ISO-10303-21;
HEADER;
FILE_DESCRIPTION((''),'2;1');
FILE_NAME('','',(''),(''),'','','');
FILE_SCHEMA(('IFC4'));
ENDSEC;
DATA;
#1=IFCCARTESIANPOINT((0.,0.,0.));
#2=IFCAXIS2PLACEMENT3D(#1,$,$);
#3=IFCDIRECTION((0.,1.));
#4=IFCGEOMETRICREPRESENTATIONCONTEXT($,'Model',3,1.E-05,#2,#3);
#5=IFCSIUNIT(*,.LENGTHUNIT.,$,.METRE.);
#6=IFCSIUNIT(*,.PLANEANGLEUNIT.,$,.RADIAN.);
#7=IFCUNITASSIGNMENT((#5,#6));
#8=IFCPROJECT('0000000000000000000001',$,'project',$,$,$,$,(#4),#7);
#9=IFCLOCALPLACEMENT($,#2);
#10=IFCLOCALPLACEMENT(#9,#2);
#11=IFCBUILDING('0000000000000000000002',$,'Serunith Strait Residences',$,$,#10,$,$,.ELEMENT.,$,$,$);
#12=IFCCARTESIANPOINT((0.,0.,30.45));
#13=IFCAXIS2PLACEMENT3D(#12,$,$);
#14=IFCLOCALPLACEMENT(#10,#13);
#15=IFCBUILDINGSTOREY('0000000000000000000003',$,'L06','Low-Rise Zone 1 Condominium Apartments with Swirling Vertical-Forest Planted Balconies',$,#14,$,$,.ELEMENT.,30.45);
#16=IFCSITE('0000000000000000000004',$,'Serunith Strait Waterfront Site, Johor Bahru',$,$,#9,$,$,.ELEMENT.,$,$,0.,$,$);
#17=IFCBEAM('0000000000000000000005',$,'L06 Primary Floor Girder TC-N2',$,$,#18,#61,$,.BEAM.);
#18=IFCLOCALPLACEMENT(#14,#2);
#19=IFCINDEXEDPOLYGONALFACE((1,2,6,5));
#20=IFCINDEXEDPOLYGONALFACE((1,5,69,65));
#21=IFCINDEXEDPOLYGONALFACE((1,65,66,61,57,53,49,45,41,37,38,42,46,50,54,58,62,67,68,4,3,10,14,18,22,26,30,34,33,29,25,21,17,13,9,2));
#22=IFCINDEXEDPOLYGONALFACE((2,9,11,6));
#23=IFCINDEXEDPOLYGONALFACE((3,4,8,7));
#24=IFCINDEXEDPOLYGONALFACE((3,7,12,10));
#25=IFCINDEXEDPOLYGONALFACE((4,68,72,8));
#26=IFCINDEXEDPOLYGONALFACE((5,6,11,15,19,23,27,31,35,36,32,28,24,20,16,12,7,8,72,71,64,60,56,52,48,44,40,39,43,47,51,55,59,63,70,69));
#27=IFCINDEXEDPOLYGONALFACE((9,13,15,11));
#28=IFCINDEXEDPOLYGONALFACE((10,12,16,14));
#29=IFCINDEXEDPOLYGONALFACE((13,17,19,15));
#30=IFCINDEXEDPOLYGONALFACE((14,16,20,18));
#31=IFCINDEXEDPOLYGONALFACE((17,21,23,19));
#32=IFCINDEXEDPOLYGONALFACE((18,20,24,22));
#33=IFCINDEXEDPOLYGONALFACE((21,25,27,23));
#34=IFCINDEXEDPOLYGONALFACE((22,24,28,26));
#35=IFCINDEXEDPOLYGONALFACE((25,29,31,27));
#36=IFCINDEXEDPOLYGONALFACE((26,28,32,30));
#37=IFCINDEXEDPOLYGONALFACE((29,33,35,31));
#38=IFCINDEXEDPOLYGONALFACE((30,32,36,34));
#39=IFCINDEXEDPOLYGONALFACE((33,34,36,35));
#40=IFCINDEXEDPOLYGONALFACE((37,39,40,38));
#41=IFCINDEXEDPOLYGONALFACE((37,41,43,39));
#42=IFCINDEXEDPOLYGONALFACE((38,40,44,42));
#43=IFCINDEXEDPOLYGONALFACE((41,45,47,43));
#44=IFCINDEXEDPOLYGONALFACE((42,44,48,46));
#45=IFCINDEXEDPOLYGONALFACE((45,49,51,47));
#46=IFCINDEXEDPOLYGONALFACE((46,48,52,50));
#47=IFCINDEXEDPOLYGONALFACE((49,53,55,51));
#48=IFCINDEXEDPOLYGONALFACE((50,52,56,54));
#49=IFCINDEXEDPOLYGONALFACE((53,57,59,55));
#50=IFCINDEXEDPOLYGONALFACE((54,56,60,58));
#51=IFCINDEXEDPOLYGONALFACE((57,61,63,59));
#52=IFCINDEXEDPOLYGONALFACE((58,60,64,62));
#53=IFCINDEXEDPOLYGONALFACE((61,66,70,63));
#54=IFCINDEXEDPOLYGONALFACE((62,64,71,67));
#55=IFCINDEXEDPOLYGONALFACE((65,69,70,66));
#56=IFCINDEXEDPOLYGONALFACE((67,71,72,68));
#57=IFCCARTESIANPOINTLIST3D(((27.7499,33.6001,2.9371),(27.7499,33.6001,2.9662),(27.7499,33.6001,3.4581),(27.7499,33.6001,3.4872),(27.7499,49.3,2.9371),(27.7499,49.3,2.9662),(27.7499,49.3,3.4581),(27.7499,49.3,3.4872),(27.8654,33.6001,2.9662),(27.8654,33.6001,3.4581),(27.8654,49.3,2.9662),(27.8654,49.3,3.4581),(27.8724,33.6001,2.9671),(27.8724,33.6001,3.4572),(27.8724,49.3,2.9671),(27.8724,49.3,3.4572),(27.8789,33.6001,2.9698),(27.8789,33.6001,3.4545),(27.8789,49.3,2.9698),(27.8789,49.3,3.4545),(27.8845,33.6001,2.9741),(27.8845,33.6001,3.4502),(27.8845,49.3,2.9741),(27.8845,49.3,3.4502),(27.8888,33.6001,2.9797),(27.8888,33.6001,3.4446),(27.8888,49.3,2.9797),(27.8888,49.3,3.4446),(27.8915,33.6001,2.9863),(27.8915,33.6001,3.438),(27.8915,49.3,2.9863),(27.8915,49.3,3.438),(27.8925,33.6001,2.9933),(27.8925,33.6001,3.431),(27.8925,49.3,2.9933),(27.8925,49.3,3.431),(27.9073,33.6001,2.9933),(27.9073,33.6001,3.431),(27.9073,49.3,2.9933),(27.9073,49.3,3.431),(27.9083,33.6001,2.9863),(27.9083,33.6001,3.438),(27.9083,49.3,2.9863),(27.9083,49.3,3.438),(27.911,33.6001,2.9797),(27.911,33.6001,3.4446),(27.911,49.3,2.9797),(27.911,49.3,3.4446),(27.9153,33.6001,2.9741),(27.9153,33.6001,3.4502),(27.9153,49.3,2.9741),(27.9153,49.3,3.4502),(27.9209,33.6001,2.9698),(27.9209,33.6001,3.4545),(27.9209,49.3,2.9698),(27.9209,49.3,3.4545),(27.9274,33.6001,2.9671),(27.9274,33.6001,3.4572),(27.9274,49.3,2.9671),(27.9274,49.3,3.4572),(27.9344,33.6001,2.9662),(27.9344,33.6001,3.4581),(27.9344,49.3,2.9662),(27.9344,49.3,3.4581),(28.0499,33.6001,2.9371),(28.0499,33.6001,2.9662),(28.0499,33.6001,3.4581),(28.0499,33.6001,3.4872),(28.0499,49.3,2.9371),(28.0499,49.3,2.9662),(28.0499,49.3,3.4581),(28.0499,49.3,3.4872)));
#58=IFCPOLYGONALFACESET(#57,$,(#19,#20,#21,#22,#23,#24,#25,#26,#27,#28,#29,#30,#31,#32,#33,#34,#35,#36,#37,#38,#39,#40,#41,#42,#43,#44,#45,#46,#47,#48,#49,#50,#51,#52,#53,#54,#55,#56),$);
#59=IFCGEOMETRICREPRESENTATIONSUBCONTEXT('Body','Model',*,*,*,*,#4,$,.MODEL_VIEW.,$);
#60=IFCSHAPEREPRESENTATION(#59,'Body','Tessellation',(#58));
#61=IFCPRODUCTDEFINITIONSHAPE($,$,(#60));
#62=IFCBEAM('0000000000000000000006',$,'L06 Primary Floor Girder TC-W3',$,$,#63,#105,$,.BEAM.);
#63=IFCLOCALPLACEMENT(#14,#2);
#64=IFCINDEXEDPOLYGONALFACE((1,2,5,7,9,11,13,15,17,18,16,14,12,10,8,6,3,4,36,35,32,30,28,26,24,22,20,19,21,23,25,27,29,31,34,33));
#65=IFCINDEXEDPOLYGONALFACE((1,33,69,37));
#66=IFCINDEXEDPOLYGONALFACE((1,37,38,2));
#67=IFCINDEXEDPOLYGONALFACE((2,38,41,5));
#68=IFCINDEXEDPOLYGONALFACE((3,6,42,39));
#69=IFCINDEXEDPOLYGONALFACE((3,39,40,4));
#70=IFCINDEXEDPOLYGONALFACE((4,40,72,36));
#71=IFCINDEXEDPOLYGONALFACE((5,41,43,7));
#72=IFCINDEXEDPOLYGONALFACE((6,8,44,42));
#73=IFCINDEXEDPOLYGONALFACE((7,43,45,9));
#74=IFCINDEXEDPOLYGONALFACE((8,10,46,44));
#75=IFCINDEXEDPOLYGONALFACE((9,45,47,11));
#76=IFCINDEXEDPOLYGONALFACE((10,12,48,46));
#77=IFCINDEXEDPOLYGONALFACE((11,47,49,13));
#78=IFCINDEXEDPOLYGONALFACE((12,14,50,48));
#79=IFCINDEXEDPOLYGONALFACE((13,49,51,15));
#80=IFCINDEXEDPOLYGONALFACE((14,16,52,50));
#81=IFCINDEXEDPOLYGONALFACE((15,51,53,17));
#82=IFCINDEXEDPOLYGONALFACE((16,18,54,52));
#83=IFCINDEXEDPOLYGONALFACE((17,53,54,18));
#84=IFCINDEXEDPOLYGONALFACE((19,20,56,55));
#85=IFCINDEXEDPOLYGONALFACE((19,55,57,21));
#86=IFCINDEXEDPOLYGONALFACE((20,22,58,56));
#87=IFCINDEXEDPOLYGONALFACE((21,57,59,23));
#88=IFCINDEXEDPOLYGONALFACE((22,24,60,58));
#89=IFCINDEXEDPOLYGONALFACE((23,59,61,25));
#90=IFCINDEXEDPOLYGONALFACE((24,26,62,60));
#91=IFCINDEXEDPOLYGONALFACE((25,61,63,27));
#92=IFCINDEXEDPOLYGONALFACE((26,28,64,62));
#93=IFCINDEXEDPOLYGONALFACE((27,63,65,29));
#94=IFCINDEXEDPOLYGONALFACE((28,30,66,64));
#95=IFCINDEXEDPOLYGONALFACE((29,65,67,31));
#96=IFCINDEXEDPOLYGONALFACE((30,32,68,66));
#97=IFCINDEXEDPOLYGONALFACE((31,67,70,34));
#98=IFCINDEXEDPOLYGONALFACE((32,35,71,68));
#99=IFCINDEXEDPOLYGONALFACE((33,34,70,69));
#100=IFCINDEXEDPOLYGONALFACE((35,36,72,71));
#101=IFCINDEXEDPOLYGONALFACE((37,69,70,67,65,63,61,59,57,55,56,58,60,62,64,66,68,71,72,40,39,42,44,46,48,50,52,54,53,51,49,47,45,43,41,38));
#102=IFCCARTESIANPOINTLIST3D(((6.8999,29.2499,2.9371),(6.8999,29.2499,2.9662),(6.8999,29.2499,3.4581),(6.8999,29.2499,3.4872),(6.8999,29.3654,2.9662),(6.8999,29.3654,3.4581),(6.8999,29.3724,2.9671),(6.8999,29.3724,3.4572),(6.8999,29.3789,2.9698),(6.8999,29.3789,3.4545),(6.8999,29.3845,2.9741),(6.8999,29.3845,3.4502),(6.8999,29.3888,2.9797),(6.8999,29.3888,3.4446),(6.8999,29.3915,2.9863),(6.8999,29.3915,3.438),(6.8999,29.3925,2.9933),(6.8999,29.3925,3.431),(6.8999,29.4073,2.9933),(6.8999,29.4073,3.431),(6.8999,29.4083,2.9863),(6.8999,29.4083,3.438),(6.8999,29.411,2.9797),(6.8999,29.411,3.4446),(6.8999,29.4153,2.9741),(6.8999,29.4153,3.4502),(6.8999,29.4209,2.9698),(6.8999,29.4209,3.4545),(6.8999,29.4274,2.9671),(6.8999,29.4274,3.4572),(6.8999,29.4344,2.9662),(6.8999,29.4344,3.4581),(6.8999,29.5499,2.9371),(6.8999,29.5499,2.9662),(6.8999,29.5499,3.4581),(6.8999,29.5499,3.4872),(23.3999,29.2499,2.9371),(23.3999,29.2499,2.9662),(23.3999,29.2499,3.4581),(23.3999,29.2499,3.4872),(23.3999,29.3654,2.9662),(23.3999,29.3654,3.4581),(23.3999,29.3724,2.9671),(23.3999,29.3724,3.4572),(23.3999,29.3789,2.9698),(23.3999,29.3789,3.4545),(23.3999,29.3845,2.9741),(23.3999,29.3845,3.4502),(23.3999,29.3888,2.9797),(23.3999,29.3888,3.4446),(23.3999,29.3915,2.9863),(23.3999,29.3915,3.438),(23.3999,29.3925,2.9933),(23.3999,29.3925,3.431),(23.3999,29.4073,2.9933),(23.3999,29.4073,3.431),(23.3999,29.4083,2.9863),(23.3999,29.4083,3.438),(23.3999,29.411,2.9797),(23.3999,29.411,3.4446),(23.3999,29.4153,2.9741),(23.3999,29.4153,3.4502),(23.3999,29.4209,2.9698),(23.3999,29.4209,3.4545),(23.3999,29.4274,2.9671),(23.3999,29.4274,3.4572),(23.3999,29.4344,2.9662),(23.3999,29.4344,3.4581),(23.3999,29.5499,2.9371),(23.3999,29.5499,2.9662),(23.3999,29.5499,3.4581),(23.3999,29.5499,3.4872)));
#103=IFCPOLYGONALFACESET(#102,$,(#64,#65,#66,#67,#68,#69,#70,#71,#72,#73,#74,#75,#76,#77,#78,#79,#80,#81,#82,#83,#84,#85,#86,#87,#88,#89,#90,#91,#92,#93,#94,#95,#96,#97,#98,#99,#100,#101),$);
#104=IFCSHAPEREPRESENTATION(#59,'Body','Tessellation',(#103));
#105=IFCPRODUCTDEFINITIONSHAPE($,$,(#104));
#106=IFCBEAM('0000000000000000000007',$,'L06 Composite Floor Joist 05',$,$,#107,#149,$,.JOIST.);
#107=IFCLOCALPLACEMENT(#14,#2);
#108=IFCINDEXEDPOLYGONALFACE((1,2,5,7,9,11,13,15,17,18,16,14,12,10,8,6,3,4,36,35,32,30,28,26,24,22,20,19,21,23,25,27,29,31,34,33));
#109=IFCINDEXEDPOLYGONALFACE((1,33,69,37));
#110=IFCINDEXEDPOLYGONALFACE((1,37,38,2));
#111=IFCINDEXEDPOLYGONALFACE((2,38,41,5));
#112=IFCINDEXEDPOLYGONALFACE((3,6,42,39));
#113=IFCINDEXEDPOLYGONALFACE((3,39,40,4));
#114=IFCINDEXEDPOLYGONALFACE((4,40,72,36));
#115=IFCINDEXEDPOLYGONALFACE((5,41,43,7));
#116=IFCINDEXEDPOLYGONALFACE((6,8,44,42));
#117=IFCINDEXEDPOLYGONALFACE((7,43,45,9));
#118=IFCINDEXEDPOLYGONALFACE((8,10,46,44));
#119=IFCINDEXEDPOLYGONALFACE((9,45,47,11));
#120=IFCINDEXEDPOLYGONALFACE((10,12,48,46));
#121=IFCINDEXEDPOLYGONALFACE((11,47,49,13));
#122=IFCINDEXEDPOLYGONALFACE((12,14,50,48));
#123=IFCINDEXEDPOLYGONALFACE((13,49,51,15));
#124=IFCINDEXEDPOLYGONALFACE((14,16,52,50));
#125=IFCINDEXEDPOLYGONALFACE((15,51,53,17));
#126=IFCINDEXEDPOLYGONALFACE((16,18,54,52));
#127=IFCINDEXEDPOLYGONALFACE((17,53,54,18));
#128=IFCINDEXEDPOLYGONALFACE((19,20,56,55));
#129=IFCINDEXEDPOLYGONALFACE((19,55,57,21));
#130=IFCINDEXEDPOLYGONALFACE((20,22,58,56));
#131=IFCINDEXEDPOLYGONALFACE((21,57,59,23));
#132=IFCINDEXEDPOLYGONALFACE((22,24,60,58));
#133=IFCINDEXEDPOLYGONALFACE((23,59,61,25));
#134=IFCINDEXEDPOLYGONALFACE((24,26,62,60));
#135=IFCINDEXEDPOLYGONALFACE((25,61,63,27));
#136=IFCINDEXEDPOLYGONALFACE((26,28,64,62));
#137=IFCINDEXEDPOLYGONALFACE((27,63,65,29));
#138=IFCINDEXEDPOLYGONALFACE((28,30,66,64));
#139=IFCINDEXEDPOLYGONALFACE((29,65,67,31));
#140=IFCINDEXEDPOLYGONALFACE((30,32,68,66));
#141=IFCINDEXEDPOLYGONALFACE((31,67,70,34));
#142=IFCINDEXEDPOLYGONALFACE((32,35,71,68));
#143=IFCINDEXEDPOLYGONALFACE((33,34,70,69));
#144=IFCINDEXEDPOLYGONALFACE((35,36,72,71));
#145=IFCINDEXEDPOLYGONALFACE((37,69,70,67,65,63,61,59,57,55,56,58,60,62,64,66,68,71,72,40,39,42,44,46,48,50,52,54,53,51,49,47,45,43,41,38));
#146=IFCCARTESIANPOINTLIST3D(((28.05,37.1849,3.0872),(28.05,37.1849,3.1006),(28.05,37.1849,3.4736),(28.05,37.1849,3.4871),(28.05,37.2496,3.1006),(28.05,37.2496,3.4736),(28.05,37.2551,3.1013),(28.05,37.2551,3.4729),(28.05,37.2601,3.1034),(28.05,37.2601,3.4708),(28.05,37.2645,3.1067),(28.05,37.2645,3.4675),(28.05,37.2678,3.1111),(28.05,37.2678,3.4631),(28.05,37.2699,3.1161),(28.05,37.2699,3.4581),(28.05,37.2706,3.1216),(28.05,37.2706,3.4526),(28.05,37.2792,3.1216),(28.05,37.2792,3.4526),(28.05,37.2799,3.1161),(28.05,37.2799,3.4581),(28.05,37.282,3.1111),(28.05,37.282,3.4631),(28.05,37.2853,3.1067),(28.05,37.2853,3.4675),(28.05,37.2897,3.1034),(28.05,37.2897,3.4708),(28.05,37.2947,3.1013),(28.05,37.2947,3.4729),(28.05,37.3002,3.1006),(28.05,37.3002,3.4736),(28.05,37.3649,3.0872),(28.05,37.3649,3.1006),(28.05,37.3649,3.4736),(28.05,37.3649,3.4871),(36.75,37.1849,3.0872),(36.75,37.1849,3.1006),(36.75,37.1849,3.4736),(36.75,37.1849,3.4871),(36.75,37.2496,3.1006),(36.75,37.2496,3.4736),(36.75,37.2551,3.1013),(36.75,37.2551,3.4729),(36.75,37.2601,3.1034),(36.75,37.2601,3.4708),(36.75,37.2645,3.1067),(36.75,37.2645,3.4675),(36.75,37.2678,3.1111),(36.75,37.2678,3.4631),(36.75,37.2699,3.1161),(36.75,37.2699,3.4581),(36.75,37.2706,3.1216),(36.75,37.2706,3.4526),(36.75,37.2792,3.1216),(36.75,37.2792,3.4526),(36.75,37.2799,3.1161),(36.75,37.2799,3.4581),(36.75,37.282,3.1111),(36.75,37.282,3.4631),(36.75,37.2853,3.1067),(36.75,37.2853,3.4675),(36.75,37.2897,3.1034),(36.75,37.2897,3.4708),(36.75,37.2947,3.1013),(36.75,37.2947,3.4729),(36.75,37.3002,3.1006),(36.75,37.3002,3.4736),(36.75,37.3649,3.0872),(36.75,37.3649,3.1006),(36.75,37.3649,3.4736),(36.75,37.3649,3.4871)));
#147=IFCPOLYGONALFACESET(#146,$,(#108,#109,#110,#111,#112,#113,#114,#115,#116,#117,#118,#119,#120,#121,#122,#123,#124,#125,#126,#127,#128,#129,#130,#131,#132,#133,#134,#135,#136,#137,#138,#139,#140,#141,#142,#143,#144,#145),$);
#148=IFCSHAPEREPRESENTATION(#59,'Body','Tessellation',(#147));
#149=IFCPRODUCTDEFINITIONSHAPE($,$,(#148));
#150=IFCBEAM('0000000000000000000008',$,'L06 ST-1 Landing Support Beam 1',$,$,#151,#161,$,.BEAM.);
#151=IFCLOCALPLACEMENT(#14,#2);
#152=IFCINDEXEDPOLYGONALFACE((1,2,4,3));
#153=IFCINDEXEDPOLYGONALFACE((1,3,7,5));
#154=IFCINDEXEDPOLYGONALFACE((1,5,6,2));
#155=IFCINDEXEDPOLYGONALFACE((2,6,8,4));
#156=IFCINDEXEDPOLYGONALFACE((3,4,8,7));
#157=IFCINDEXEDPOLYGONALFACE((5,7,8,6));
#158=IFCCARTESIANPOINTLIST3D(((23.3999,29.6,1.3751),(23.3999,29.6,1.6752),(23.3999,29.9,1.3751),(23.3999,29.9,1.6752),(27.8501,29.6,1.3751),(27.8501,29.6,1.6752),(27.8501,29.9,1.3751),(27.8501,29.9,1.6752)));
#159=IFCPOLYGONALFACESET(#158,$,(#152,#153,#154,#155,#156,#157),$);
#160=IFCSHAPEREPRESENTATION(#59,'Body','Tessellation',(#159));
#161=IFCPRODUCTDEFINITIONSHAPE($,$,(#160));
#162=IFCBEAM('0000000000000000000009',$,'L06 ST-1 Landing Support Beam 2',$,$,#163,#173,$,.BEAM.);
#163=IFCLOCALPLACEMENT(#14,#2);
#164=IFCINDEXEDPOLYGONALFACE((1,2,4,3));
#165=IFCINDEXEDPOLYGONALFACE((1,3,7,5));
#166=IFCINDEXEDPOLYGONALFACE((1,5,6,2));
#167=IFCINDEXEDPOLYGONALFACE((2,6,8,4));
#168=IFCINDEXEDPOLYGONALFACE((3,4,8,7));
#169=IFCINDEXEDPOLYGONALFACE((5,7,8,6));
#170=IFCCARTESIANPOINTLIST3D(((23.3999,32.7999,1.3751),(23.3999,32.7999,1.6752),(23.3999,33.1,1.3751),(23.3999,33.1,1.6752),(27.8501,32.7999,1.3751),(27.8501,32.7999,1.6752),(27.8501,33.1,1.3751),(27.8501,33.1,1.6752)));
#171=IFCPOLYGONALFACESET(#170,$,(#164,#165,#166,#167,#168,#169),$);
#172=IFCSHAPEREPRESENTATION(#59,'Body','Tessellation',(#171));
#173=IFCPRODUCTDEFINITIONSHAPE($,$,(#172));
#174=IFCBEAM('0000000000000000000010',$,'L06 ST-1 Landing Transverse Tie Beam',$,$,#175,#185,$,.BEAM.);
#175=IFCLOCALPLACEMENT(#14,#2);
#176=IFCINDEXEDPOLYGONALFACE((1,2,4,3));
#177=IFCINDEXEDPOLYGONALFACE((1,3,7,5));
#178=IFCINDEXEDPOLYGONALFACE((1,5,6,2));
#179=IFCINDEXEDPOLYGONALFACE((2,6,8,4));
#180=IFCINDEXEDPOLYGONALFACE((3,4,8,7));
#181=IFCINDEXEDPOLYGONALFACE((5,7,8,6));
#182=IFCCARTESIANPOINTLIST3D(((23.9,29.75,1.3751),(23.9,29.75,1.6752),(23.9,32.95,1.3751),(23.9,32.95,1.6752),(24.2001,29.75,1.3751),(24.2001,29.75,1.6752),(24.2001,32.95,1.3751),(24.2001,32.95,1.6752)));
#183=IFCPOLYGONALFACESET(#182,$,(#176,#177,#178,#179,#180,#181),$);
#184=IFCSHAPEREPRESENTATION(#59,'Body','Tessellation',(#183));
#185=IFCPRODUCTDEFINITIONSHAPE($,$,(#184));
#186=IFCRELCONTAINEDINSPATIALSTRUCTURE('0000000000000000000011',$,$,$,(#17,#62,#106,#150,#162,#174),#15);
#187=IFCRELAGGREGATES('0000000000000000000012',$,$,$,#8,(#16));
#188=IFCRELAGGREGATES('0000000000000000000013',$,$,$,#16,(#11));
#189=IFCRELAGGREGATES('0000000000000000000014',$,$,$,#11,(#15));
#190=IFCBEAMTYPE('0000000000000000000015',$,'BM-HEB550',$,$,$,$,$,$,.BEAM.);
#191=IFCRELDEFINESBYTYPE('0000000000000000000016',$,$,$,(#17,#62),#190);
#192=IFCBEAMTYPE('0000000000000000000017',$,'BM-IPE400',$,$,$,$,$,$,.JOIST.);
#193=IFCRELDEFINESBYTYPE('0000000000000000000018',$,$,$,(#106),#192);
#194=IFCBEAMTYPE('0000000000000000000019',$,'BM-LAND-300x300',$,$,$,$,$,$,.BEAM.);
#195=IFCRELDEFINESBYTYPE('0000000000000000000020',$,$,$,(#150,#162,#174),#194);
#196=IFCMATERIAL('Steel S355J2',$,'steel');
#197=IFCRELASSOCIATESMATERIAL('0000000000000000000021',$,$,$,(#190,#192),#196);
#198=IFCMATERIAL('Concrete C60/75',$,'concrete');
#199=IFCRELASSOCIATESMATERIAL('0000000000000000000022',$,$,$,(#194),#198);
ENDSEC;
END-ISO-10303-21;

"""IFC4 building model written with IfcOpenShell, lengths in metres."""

from ifc_helpers import new_model, si_unit, direction, frame, origin, origin_2d, place, context, subcontext, project, spatial, rectangle, i_section, extrude, source, transform, mapped, material, material_profile, profile_set, type_object, element, save


model = new_model("IFC4")

# Units and contexts
model_context = context("Model", 3, precision=1e-05, world=origin(), true_north=direction((0.0, 1.0)))
body_context = subcontext(model_context, "Body", "Model", "MODEL_VIEW")
ifc_project = project(units=[si_unit("LENGTHUNIT", "METRE"), si_unit("PLANEANGLEUNIT", "RADIAN")], contexts=[model_context])

# Site, building, storey
site_placement = place(None, origin())
site = spatial("IfcSite", under=ifc_project, at=site_placement, Name="Serunith Strait Waterfront Site, Johor Bahru", CompositionType="ELEMENT", RefElevation=0.0)
building_placement = place(site_placement, origin())
building = spatial("IfcBuilding", under=site, at=building_placement, Name="Serunith Strait Residences", CompositionType="ELEMENT")
storey_placement = place(building_placement, frame((0.0, 0.0, 30.45)))
storey = spatial("IfcBuildingStorey", under=building, at=storey_placement, Name="L06", Description="Low-Rise Zone 1 Condominium Apartments with Swirling Vertical-Forest Planted Balconies", CompositionType="ELEMENT", Elevation=30.45)

# Beams
ifc_material_1 = material(Name="Steel S355J2", Category="steel")
ifc_material_profile_1 = material_profile(ifc_material_1, i_section(OverallWidth=0.3, OverallDepth=0.55, WebThickness=0.0149, FlangeThickness=0.0291, FilletRadius=0.0271, at=origin_2d()), Name="HEB 550")
ifc_profile_set_1 = profile_set([ifc_material_profile_1], Name="Steel S355J2")
beam_type_1 = type_object("IfcBeamType", Name="BM-HEB550", PredefinedType="BEAM", material=ifc_profile_set_1)
shared_shape_1 = source(origin(), body_context, "Body", "SweptSolid", [
    extrude(i_section(OverallWidth=0.3, OverallDepth=0.55, WebThickness=0.0149, FlangeThickness=0.0291, FilletRadius=0.0271, at=origin_2d()), origin(), (0.0, 0.0, 1.0), 15.7),
])
beam_1_placement = place(storey_placement, frame((27.8999, 33.6001, 3.2122), z_axis=(0.0, 1.0, 0.0), x_axis=(-1.0, 0.0, 0.0)))
element("IfcBeam", 1, at=beam_1_placement, inside=storey, type_object=beam_type_1, Name="L06 Primary Floor Girder TC-N2", PredefinedType="BEAM", context=body_context, shape_type="MappedRepresentation", body=[
    mapped(shared_shape_1, transform((0.0, 0.0, 0.0), scale=1.0)),
])
shared_shape_2 = source(origin(), body_context, "Body", "SweptSolid", [
    extrude(i_section(OverallWidth=0.3, OverallDepth=0.55, WebThickness=0.0149, FlangeThickness=0.0291, FilletRadius=0.0271, at=origin_2d()), origin(), (0.0, 0.0, 1.0), 16.5),
])
beam_2_placement = place(storey_placement, frame((23.3999, 29.3999, 3.2122), z_axis=(-1.0, 0.0, 0.0), x_axis=(0.0, -1.0, 0.0)))
element("IfcBeam", 2, at=beam_2_placement, inside=storey, type_object=beam_type_1, Name="L06 Primary Floor Girder TC-W3", PredefinedType="BEAM", context=body_context, shape_type="MappedRepresentation", body=[
    mapped(shared_shape_2, transform((0.0, 0.0, 0.0), scale=1.0)),
])
ifc_material_profile_2 = material_profile(ifc_material_1, i_section(OverallWidth=0.1799, OverallDepth=0.3999, WebThickness=0.0085, FlangeThickness=0.0134, FilletRadius=0.021, at=origin_2d()), Name="IPE 400")
ifc_profile_set_2 = profile_set([ifc_material_profile_2], Name="Steel S355J2")
beam_type_2 = type_object("IfcBeamType", Name="BM-IPE400", PredefinedType="JOIST", material=ifc_profile_set_2)
shared_shape_3 = source(origin(), body_context, "Body", "SweptSolid", [
    extrude(i_section(OverallWidth=0.1799, OverallDepth=0.3999, WebThickness=0.0085, FlangeThickness=0.0134, FilletRadius=0.021, at=origin_2d()), origin(), (0.0, 0.0, 1.0), 8.7),
])
beam_3_placement = place(storey_placement, frame((28.05, 37.2749, 3.2871), z_axis=(1.0, 0.0, 0.0), x_axis=(0.0, 1.0, 0.0)))
element("IfcBeam", 3, at=beam_3_placement, inside=storey, type_object=beam_type_2, Name="L06 Composite Floor Joist 05", PredefinedType="JOIST", context=body_context, shape_type="MappedRepresentation", body=[
    mapped(shared_shape_3, transform((0.0, 0.0, 0.0), scale=1.0)),
])
ifc_material_2 = material(Name="Concrete C60/75", Category="concrete")
ifc_material_profile_3 = material_profile(ifc_material_2, rectangle(XDim=0.3, YDim=0.3, at=origin_2d()), Name="RC 300x300")
ifc_profile_set_3 = profile_set([ifc_material_profile_3], Name="Concrete C60/75")
beam_type_3 = type_object("IfcBeamType", Name="BM-LAND-300x300", PredefinedType="BEAM", material=ifc_profile_set_3)
shared_shape_4 = source(origin(), body_context, "Body", "SweptSolid", [
    extrude(rectangle(XDim=0.3, YDim=0.3, at=origin_2d()), origin(), (0.0, 0.0, 1.0), 4.4502),
])
for number, where, z_axis, x_axis, name in (
    (4, (23.3999, 29.75, 1.5251), (1.0, 0.0, 0.0), (0.0, 1.0, 0.0), "L06 ST-1 Landing Support Beam 1"),
    (5, (23.3999, 32.95, 1.5251), (1.0, 0.0, 0.0), (0.0, 1.0, 0.0), "L06 ST-1 Landing Support Beam 2"),
):
    element("IfcBeam", number, at=place(storey_placement, frame(where, z_axis=z_axis, x_axis=x_axis)), inside=storey, type_object=beam_type_3, Name=name, PredefinedType="BEAM", context=body_context, shape_type="MappedRepresentation", body=[
        mapped(shared_shape_4, transform((0.0, 0.0, 0.0), scale=1.0)),
    ])
shared_shape_5 = source(origin(), body_context, "Body", "SweptSolid", [
    extrude(rectangle(XDim=0.3, YDim=0.3, at=origin_2d()), origin(), (0.0, 0.0, 1.0), 3.2),
])
beam_4_placement = place(storey_placement, frame((24.05, 29.75, 1.5251), z_axis=(0.0, 1.0, 0.0), x_axis=(-1.0, 0.0, 0.0)))
element("IfcBeam", 6, at=beam_4_placement, inside=storey, type_object=beam_type_3, Name="L06 ST-1 Landing Transverse Tie Beam", PredefinedType="BEAM", context=body_context, shape_type="MappedRepresentation", body=[
    mapped(shared_shape_5, transform((0.0, 0.0, 0.0), scale=1.0)),
])

save(model, "model.ifc")
